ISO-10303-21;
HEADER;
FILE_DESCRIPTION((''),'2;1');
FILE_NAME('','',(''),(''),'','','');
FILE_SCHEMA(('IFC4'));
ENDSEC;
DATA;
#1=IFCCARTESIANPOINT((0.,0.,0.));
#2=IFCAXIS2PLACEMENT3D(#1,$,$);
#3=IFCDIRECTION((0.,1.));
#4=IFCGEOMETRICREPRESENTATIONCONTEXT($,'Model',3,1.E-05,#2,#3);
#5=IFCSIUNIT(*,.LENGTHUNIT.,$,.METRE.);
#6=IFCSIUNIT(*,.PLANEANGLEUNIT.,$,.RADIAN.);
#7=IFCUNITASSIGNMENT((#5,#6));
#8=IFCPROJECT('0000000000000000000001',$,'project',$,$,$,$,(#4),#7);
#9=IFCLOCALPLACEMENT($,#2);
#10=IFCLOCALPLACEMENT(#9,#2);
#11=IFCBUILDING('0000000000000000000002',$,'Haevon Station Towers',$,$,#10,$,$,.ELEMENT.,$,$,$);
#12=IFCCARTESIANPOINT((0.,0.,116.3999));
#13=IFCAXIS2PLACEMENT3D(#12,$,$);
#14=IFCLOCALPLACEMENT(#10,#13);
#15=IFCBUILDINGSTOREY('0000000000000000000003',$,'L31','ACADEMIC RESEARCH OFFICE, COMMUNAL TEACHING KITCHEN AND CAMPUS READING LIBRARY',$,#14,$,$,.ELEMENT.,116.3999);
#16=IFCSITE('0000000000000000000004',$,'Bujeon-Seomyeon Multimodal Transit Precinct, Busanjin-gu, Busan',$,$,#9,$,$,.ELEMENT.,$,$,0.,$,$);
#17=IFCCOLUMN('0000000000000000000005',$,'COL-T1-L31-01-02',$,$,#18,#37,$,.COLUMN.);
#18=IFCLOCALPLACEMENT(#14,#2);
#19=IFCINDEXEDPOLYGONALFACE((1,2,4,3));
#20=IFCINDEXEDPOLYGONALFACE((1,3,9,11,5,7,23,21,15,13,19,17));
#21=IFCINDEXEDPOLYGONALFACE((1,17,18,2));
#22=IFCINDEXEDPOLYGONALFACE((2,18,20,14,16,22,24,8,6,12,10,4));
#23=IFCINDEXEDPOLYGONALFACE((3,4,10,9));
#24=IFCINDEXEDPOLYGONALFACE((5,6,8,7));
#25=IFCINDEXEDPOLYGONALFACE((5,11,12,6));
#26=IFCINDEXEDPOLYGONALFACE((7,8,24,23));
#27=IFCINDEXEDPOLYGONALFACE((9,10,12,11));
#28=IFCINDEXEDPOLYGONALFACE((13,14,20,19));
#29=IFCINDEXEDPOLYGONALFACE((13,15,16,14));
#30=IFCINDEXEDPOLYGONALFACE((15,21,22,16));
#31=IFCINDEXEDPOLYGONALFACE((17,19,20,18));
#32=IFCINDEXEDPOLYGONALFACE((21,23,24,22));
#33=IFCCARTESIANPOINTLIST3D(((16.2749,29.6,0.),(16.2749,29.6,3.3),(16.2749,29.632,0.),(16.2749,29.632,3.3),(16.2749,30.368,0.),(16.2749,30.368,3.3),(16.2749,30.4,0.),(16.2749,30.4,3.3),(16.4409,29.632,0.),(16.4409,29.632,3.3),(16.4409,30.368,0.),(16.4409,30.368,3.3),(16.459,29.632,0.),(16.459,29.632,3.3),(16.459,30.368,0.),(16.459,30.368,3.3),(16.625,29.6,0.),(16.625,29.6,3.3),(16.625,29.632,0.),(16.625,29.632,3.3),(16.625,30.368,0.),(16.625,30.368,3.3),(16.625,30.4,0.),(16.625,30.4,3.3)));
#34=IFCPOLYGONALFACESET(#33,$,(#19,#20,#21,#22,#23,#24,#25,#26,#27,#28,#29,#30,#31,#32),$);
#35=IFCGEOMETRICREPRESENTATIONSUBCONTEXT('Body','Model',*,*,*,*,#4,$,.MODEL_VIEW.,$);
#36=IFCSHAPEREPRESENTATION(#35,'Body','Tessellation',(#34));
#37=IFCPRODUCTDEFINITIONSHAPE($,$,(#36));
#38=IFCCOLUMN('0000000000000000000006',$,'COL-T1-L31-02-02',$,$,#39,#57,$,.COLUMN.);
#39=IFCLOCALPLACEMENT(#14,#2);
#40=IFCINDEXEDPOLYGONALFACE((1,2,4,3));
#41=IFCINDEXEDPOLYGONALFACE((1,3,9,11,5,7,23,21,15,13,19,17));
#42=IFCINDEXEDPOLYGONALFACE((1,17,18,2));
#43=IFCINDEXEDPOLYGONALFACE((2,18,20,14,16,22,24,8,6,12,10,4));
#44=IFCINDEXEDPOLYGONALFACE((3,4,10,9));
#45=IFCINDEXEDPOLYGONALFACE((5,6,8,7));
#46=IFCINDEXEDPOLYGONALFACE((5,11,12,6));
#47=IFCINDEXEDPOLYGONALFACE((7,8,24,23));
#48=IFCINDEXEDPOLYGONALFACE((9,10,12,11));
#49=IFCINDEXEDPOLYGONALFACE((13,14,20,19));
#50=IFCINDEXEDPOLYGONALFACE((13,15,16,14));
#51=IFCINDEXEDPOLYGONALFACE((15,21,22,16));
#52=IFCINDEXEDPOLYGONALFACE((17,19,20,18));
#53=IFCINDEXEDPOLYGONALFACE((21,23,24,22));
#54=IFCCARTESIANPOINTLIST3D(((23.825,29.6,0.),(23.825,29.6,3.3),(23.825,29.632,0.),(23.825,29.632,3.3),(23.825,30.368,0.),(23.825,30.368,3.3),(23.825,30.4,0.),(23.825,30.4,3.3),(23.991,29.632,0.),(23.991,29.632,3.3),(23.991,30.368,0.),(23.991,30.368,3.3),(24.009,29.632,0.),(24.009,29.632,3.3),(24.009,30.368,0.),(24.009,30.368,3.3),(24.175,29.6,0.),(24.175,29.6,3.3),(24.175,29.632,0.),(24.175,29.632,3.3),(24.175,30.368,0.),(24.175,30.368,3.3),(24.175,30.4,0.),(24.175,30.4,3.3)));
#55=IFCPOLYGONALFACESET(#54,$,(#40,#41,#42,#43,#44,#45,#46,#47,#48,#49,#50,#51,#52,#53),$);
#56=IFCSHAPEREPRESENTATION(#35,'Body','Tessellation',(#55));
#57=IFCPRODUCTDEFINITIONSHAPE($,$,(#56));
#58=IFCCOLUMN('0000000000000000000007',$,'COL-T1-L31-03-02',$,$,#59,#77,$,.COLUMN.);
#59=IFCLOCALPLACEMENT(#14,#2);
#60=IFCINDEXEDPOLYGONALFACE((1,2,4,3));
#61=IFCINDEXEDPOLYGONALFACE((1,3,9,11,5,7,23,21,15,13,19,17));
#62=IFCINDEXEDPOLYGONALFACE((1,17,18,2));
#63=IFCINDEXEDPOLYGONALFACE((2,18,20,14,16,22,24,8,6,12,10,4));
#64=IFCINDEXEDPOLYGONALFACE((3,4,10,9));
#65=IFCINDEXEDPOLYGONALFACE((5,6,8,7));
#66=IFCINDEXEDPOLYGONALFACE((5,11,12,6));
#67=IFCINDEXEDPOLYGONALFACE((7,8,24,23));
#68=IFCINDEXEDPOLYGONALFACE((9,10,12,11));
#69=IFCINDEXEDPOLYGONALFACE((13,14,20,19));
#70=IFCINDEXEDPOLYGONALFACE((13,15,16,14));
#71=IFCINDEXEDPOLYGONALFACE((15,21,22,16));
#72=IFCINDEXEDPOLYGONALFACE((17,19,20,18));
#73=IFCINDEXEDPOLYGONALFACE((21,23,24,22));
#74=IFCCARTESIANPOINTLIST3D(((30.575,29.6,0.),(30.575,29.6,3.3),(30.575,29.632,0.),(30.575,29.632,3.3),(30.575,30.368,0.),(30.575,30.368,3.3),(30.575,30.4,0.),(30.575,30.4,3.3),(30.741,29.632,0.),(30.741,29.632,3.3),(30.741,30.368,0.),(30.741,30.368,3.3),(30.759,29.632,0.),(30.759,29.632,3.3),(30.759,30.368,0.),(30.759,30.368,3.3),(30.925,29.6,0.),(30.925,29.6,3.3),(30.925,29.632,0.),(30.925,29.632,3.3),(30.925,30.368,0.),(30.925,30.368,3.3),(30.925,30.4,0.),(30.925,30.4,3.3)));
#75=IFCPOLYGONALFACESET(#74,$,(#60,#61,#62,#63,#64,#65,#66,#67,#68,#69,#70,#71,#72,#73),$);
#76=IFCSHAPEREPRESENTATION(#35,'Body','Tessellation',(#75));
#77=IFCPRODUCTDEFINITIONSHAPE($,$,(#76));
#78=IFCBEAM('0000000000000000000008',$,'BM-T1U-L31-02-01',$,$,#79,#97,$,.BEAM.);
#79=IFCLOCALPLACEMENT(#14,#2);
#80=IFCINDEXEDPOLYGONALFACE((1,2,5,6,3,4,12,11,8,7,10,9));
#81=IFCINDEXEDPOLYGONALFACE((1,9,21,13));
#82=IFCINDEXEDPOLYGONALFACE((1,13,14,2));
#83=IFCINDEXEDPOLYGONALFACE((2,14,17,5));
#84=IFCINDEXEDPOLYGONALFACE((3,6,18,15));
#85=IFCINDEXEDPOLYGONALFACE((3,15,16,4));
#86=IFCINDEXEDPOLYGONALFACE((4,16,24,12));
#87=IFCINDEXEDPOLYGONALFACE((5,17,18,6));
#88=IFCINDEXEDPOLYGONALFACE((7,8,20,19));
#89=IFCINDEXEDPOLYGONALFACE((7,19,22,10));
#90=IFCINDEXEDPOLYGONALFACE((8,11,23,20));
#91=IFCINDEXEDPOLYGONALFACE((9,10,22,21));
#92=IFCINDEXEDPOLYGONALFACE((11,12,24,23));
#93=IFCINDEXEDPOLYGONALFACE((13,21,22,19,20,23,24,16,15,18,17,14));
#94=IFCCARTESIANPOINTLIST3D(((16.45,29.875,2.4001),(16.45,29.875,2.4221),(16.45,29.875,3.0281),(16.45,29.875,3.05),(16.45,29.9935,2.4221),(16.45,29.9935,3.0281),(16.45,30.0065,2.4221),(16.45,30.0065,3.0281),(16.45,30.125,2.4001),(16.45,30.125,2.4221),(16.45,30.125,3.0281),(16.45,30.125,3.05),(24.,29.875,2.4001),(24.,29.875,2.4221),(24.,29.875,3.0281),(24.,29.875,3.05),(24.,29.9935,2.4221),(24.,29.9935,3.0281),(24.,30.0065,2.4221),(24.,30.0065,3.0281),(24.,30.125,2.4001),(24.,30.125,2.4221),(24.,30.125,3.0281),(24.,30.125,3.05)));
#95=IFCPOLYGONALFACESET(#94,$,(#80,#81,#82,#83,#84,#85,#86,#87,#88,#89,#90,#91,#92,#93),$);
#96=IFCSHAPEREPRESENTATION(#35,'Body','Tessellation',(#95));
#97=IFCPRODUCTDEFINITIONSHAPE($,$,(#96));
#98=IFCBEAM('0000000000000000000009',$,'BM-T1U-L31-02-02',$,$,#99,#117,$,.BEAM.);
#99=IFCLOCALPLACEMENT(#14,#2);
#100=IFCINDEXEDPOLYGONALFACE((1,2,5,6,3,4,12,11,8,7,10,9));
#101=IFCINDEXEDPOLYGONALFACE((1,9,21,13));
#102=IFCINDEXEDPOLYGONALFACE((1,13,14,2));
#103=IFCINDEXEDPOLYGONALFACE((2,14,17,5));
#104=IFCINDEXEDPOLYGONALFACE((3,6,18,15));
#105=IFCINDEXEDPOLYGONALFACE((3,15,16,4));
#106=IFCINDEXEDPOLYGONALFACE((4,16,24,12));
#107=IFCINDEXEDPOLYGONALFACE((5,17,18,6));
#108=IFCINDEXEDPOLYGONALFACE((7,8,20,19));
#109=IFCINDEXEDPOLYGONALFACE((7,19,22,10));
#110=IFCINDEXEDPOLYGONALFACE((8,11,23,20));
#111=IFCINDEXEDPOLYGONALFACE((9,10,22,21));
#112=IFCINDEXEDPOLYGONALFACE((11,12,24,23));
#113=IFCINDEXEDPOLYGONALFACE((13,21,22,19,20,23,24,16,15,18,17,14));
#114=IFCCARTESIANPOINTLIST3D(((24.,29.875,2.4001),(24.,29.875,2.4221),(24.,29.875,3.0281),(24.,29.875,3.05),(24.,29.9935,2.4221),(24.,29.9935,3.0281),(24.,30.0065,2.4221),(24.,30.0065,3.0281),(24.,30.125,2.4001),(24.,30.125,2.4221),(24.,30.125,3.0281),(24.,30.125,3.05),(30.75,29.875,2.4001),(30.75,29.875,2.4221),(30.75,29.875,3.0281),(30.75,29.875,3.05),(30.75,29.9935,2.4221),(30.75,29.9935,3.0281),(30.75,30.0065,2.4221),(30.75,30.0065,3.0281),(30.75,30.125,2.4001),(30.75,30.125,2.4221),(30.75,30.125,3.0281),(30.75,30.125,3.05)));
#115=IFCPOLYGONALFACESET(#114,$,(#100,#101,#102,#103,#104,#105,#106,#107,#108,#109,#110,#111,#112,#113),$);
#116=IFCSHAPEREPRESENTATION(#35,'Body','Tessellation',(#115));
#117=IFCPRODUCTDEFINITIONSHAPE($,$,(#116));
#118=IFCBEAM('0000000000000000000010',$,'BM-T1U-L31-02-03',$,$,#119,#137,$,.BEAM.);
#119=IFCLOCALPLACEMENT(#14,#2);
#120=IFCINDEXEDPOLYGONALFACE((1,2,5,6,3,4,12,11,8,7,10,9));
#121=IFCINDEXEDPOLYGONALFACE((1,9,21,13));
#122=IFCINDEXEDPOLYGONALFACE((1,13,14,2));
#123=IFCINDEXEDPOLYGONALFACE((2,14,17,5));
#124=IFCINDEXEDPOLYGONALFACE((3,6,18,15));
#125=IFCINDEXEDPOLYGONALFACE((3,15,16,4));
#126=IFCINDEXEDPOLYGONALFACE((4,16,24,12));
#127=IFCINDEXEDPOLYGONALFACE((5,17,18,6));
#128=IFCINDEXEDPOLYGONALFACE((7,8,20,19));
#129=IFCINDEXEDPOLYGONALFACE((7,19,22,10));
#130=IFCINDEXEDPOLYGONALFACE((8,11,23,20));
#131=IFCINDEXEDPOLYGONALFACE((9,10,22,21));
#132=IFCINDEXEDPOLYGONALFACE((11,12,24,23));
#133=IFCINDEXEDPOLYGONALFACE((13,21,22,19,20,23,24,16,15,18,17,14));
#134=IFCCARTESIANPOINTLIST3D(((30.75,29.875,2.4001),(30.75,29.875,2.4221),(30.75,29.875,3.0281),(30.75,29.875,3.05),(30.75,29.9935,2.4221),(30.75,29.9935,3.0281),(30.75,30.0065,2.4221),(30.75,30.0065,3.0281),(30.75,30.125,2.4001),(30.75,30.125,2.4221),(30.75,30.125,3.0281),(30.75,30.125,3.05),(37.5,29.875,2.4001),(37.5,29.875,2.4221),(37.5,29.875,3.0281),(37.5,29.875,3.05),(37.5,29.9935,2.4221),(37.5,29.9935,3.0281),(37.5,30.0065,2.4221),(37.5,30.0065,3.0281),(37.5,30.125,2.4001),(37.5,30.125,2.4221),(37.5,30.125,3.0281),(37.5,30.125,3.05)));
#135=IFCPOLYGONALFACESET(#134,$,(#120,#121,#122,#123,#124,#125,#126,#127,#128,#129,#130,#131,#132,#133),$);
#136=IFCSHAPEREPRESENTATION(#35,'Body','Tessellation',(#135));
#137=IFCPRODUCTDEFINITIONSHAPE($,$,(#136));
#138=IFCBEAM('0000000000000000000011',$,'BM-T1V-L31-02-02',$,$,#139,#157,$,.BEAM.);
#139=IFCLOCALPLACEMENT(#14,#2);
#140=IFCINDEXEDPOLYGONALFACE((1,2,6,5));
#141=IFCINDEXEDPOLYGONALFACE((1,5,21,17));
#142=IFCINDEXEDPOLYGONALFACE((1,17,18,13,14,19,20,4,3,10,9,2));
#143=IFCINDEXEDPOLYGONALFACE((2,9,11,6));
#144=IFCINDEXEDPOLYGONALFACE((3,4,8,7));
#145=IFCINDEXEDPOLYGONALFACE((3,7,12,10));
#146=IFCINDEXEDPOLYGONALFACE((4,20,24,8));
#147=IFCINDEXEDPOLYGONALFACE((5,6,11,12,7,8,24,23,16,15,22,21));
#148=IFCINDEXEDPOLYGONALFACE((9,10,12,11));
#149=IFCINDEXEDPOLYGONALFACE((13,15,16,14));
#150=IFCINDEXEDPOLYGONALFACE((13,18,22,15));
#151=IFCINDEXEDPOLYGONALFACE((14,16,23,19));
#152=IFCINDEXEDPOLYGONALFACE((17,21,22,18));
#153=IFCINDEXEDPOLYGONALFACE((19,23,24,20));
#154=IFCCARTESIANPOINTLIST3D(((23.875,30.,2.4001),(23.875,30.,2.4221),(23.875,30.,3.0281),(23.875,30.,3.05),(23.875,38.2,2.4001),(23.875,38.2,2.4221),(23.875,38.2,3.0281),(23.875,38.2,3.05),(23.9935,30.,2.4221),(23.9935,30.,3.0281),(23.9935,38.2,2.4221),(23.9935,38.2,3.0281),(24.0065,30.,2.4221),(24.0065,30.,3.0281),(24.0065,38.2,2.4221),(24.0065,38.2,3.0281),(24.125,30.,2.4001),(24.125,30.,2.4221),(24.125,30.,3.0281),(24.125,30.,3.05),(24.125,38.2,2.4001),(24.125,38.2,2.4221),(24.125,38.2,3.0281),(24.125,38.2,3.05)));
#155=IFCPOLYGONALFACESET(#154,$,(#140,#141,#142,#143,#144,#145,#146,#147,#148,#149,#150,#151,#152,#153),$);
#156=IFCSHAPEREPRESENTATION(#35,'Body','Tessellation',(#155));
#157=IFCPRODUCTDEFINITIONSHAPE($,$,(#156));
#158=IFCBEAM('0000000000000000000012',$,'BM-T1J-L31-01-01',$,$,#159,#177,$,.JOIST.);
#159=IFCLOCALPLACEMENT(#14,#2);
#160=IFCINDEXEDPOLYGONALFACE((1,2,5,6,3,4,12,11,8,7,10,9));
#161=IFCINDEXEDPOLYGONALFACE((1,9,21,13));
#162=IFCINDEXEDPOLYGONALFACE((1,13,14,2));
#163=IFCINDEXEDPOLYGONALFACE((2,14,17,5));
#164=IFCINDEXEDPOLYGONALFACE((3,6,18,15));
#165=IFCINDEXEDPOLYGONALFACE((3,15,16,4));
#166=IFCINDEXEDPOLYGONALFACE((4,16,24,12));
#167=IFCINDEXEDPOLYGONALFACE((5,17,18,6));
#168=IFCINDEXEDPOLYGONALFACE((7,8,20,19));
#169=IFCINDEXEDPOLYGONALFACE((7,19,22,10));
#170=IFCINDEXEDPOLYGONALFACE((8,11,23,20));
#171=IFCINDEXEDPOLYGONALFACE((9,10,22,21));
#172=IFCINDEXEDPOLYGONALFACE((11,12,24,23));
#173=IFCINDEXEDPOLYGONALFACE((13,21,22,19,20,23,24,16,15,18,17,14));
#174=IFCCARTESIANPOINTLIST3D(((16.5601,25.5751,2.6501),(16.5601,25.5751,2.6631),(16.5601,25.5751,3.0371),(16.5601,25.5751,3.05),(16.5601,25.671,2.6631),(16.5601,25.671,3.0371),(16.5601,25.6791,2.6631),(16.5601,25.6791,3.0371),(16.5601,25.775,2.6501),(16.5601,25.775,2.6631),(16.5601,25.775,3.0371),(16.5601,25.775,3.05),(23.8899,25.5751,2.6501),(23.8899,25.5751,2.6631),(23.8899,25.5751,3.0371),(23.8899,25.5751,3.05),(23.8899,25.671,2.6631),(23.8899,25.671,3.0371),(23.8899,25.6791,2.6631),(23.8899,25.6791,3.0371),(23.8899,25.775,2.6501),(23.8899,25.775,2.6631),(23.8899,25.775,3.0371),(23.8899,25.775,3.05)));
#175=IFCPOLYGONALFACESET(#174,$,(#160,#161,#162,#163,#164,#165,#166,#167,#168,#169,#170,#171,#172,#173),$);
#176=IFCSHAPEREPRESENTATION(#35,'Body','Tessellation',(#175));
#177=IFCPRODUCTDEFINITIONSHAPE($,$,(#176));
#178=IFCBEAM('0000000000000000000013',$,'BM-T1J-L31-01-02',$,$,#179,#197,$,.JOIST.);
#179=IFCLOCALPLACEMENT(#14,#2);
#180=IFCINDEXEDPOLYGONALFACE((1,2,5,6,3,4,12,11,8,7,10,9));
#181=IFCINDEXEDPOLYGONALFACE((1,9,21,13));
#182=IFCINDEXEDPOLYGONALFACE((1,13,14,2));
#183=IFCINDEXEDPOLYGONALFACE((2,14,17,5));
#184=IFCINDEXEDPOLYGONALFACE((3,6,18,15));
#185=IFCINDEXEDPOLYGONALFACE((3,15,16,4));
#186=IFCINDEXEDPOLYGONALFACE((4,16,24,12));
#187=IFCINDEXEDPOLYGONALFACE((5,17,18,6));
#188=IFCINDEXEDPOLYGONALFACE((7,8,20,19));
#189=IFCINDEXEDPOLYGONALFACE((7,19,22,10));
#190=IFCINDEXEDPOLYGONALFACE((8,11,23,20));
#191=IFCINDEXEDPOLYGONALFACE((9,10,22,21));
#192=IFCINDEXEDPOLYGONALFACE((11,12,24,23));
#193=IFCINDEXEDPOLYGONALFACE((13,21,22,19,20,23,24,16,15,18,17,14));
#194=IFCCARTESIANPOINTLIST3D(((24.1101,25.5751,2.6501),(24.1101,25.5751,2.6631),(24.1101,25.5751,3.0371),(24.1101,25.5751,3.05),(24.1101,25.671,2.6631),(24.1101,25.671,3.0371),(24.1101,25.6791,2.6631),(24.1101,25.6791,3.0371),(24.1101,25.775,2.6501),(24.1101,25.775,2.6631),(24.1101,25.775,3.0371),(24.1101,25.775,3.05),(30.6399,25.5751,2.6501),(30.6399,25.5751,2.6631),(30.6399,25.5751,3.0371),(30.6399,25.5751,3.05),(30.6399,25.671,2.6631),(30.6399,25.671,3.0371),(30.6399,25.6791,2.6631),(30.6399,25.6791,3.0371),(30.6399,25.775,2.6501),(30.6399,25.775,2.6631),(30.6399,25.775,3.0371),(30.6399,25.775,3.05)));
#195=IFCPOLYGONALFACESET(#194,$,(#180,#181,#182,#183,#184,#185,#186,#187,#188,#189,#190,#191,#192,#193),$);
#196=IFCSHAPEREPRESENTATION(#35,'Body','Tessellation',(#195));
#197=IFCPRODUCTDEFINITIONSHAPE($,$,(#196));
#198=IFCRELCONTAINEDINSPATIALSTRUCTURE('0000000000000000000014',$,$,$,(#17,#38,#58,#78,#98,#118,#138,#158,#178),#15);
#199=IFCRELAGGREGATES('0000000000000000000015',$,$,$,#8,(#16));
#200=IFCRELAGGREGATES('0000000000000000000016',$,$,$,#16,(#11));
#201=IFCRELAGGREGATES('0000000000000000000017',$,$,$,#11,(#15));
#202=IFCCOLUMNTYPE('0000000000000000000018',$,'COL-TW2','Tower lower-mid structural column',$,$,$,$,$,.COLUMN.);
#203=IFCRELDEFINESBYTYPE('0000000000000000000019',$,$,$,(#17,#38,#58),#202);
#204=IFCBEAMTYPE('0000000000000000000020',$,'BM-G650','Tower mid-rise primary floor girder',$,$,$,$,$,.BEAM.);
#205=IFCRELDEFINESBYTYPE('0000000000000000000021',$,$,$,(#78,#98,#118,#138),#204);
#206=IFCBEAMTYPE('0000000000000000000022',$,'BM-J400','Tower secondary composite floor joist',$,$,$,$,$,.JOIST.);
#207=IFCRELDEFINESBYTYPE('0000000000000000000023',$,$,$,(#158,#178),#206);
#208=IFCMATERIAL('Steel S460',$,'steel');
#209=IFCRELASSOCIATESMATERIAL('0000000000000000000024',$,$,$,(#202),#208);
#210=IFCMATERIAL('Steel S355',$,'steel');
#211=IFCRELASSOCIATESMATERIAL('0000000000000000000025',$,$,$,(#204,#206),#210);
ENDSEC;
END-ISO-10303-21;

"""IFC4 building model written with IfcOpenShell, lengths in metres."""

from ifc_helpers import new_model, si_unit, direction, frame, origin, origin_2d, place, context, subcontext, project, spatial, i_section, extrude, material, material_profile, profile_set, type_object, element, save


model = new_model("IFC4")

# Units and contexts
model_context = context("Model", 3, precision=1e-05, world=origin(), true_north=direction((0.0, 1.0)))
body_context = subcontext(model_context, "Body", "Model", "MODEL_VIEW")
ifc_project = project(units=[si_unit("LENGTHUNIT", "METRE"), si_unit("PLANEANGLEUNIT", "RADIAN")], contexts=[model_context])

# Site, building, storey
site_placement = place(None, origin())
site = spatial("IfcSite", under=ifc_project, at=site_placement, Name="Bujeon-Seomyeon Multimodal Transit Precinct, Busanjin-gu, Busan", CompositionType="ELEMENT", RefElevation=0.0)
building_placement = place(site_placement, origin())
building = spatial("IfcBuilding", under=site, at=building_placement, Name="Haevon Station Towers", CompositionType="ELEMENT")
storey_placement = place(building_placement, frame((0.0, 0.0, 116.3999)))
storey = spatial("IfcBuildingStorey", under=building, at=storey_placement, Name="L31", Description="ACADEMIC RESEARCH OFFICE, COMMUNAL TEACHING KITCHEN AND CAMPUS READING LIBRARY", CompositionType="ELEMENT", Elevation=116.3999)

# Columns
ifc_material_1 = material(Name="Steel S460", Category="steel")
ifc_material_profile_1 = material_profile(ifc_material_1, i_section(OverallWidth=0.3501, OverallDepth=0.8, WebThickness=0.0181, FlangeThickness=0.032, at=origin_2d()), Name="H-800x350x18x32")
ifc_profile_set_1 = profile_set([ifc_material_profile_1], Name="Steel S460")
column_type = type_object("IfcColumnType", Name="COL-TW2", Description="Tower lower-mid structural column", PredefinedType="COLUMN", material=ifc_profile_set_1)
for number, where, z_axis, x_axis, name in (
    (1, (16.45, 30.0, 0.0), (0.0, 0.0, 1.0), (1.0, 0.0, 0.0), "COL-T1-L31-01-02"),
    (2, (24.0, 30.0, 0.0), (0.0, 0.0, 1.0), (1.0, 0.0, 0.0), "COL-T1-L31-02-02"),
    (3, (30.75, 30.0, 0.0), (0.0, 0.0, 1.0), (1.0, 0.0, 0.0), "COL-T1-L31-03-02"),
):
    element("IfcColumn", number, at=place(storey_placement, frame(where, z_axis=z_axis, x_axis=x_axis)), inside=storey, type_object=column_type, Name=name, PredefinedType="COLUMN", context=body_context, shape_type="SweptSolid", body=[
        extrude(i_section(OverallWidth=0.3501, OverallDepth=0.8, WebThickness=0.0181, FlangeThickness=0.032, at=origin_2d()), origin(), (0.0, 0.0, 1.0), 3.3),
    ])

# Beams
ifc_material_2 = material(Name="Steel S355", Category="steel")
ifc_material_profile_2 = material_profile(ifc_material_2, i_section(OverallWidth=0.25, OverallDepth=0.6499, WebThickness=0.0129, FlangeThickness=0.022, at=origin_2d()), Name="H-650x250x13x22")
ifc_profile_set_2 = profile_set([ifc_material_profile_2], Name="Steel S355")
beam_type_1 = type_object("IfcBeamType", Name="BM-G650", Description="Tower mid-rise primary floor girder", PredefinedType="BEAM", material=ifc_profile_set_2)
beam_1_placement = place(storey_placement, frame((16.45, 30.0, 2.7251), z_axis=(1.0, 0.0, 0.0), x_axis=(0.0, 1.0, 0.0)))
element("IfcBeam", 4, at=beam_1_placement, inside=storey, type_object=beam_type_1, Name="BM-T1U-L31-02-01", PredefinedType="BEAM", context=body_context, shape_type="SweptSolid", body=[
    extrude(i_section(OverallWidth=0.25, OverallDepth=0.6499, WebThickness=0.0129, FlangeThickness=0.022, at=origin_2d()), origin(), (0.0, 0.0, 1.0), 7.55),
])
for number, where, z_axis, x_axis, name in (
    (5, (24.0, 30.0, 2.7251), (1.0, 0.0, 0.0), (0.0, 1.0, 0.0), "BM-T1U-L31-02-02"),
    (6, (30.75, 30.0, 2.7251), (1.0, 0.0, 0.0), (0.0, 1.0, 0.0), "BM-T1U-L31-02-03"),
):
    element("IfcBeam", number, at=place(storey_placement, frame(where, z_axis=z_axis, x_axis=x_axis)), inside=storey, type_object=beam_type_1, Name=name, PredefinedType="BEAM", context=body_context, shape_type="SweptSolid", body=[
        extrude(i_section(OverallWidth=0.25, OverallDepth=0.6499, WebThickness=0.0129, FlangeThickness=0.022, at=origin_2d()), origin(), (0.0, 0.0, 1.0), 6.75),
    ])
beam_2_placement = place(storey_placement, frame((24.0, 30.0, 2.7251), z_axis=(0.0, 1.0, 0.0), x_axis=(-1.0, 0.0, 0.0)))
element("IfcBeam", 7, at=beam_2_placement, inside=storey, type_object=beam_type_1, Name="BM-T1V-L31-02-02", PredefinedType="BEAM", context=body_context, shape_type="SweptSolid", body=[
    extrude(i_section(OverallWidth=0.25, OverallDepth=0.6499, WebThickness=0.0129, FlangeThickness=0.022, at=origin_2d()), origin(), (0.0, 0.0, 1.0), 8.2),
])
ifc_material_profile_3 = material_profile(ifc_material_2, i_section(OverallWidth=0.2, OverallDepth=0.3999, WebThickness=0.0081, FlangeThickness=0.0129, at=origin_2d()), Name="H-400x200x8x13")
ifc_profile_set_3 = profile_set([ifc_material_profile_3], Name="Steel S355")
beam_type_2 = type_object("IfcBeamType", Name="BM-J400", Description="Tower secondary composite floor joist", PredefinedType="JOIST", material=ifc_profile_set_3)
beam_3_placement = place(storey_placement, frame((16.5601, 25.675, 2.8501), z_axis=(1.0, 0.0, 0.0), x_axis=(0.0, 1.0, 0.0)))
element("IfcBeam", 8, at=beam_3_placement, inside=storey, type_object=beam_type_2, Name="BM-T1J-L31-01-01", PredefinedType="JOIST", context=body_context, shape_type="SweptSolid", body=[
    extrude(i_section(OverallWidth=0.2, OverallDepth=0.3999, WebThickness=0.0081, FlangeThickness=0.0129, at=origin_2d()), origin(), (0.0, 0.0, 1.0), 7.3298),
])
beam_4_placement = place(storey_placement, frame((24.1101, 25.675, 2.8501), z_axis=(1.0, 0.0, 0.0), x_axis=(0.0, 1.0, 0.0)))
element("IfcBeam", 9, at=beam_4_placement, inside=storey, type_object=beam_type_2, Name="BM-T1J-L31-01-02", PredefinedType="JOIST", context=body_context, shape_type="SweptSolid", body=[
    extrude(i_section(OverallWidth=0.2, OverallDepth=0.3999, WebThickness=0.0081, FlangeThickness=0.0129, at=origin_2d()), origin(), (0.0, 0.0, 1.0), 6.5298),
])

save(model, "model.ifc")
